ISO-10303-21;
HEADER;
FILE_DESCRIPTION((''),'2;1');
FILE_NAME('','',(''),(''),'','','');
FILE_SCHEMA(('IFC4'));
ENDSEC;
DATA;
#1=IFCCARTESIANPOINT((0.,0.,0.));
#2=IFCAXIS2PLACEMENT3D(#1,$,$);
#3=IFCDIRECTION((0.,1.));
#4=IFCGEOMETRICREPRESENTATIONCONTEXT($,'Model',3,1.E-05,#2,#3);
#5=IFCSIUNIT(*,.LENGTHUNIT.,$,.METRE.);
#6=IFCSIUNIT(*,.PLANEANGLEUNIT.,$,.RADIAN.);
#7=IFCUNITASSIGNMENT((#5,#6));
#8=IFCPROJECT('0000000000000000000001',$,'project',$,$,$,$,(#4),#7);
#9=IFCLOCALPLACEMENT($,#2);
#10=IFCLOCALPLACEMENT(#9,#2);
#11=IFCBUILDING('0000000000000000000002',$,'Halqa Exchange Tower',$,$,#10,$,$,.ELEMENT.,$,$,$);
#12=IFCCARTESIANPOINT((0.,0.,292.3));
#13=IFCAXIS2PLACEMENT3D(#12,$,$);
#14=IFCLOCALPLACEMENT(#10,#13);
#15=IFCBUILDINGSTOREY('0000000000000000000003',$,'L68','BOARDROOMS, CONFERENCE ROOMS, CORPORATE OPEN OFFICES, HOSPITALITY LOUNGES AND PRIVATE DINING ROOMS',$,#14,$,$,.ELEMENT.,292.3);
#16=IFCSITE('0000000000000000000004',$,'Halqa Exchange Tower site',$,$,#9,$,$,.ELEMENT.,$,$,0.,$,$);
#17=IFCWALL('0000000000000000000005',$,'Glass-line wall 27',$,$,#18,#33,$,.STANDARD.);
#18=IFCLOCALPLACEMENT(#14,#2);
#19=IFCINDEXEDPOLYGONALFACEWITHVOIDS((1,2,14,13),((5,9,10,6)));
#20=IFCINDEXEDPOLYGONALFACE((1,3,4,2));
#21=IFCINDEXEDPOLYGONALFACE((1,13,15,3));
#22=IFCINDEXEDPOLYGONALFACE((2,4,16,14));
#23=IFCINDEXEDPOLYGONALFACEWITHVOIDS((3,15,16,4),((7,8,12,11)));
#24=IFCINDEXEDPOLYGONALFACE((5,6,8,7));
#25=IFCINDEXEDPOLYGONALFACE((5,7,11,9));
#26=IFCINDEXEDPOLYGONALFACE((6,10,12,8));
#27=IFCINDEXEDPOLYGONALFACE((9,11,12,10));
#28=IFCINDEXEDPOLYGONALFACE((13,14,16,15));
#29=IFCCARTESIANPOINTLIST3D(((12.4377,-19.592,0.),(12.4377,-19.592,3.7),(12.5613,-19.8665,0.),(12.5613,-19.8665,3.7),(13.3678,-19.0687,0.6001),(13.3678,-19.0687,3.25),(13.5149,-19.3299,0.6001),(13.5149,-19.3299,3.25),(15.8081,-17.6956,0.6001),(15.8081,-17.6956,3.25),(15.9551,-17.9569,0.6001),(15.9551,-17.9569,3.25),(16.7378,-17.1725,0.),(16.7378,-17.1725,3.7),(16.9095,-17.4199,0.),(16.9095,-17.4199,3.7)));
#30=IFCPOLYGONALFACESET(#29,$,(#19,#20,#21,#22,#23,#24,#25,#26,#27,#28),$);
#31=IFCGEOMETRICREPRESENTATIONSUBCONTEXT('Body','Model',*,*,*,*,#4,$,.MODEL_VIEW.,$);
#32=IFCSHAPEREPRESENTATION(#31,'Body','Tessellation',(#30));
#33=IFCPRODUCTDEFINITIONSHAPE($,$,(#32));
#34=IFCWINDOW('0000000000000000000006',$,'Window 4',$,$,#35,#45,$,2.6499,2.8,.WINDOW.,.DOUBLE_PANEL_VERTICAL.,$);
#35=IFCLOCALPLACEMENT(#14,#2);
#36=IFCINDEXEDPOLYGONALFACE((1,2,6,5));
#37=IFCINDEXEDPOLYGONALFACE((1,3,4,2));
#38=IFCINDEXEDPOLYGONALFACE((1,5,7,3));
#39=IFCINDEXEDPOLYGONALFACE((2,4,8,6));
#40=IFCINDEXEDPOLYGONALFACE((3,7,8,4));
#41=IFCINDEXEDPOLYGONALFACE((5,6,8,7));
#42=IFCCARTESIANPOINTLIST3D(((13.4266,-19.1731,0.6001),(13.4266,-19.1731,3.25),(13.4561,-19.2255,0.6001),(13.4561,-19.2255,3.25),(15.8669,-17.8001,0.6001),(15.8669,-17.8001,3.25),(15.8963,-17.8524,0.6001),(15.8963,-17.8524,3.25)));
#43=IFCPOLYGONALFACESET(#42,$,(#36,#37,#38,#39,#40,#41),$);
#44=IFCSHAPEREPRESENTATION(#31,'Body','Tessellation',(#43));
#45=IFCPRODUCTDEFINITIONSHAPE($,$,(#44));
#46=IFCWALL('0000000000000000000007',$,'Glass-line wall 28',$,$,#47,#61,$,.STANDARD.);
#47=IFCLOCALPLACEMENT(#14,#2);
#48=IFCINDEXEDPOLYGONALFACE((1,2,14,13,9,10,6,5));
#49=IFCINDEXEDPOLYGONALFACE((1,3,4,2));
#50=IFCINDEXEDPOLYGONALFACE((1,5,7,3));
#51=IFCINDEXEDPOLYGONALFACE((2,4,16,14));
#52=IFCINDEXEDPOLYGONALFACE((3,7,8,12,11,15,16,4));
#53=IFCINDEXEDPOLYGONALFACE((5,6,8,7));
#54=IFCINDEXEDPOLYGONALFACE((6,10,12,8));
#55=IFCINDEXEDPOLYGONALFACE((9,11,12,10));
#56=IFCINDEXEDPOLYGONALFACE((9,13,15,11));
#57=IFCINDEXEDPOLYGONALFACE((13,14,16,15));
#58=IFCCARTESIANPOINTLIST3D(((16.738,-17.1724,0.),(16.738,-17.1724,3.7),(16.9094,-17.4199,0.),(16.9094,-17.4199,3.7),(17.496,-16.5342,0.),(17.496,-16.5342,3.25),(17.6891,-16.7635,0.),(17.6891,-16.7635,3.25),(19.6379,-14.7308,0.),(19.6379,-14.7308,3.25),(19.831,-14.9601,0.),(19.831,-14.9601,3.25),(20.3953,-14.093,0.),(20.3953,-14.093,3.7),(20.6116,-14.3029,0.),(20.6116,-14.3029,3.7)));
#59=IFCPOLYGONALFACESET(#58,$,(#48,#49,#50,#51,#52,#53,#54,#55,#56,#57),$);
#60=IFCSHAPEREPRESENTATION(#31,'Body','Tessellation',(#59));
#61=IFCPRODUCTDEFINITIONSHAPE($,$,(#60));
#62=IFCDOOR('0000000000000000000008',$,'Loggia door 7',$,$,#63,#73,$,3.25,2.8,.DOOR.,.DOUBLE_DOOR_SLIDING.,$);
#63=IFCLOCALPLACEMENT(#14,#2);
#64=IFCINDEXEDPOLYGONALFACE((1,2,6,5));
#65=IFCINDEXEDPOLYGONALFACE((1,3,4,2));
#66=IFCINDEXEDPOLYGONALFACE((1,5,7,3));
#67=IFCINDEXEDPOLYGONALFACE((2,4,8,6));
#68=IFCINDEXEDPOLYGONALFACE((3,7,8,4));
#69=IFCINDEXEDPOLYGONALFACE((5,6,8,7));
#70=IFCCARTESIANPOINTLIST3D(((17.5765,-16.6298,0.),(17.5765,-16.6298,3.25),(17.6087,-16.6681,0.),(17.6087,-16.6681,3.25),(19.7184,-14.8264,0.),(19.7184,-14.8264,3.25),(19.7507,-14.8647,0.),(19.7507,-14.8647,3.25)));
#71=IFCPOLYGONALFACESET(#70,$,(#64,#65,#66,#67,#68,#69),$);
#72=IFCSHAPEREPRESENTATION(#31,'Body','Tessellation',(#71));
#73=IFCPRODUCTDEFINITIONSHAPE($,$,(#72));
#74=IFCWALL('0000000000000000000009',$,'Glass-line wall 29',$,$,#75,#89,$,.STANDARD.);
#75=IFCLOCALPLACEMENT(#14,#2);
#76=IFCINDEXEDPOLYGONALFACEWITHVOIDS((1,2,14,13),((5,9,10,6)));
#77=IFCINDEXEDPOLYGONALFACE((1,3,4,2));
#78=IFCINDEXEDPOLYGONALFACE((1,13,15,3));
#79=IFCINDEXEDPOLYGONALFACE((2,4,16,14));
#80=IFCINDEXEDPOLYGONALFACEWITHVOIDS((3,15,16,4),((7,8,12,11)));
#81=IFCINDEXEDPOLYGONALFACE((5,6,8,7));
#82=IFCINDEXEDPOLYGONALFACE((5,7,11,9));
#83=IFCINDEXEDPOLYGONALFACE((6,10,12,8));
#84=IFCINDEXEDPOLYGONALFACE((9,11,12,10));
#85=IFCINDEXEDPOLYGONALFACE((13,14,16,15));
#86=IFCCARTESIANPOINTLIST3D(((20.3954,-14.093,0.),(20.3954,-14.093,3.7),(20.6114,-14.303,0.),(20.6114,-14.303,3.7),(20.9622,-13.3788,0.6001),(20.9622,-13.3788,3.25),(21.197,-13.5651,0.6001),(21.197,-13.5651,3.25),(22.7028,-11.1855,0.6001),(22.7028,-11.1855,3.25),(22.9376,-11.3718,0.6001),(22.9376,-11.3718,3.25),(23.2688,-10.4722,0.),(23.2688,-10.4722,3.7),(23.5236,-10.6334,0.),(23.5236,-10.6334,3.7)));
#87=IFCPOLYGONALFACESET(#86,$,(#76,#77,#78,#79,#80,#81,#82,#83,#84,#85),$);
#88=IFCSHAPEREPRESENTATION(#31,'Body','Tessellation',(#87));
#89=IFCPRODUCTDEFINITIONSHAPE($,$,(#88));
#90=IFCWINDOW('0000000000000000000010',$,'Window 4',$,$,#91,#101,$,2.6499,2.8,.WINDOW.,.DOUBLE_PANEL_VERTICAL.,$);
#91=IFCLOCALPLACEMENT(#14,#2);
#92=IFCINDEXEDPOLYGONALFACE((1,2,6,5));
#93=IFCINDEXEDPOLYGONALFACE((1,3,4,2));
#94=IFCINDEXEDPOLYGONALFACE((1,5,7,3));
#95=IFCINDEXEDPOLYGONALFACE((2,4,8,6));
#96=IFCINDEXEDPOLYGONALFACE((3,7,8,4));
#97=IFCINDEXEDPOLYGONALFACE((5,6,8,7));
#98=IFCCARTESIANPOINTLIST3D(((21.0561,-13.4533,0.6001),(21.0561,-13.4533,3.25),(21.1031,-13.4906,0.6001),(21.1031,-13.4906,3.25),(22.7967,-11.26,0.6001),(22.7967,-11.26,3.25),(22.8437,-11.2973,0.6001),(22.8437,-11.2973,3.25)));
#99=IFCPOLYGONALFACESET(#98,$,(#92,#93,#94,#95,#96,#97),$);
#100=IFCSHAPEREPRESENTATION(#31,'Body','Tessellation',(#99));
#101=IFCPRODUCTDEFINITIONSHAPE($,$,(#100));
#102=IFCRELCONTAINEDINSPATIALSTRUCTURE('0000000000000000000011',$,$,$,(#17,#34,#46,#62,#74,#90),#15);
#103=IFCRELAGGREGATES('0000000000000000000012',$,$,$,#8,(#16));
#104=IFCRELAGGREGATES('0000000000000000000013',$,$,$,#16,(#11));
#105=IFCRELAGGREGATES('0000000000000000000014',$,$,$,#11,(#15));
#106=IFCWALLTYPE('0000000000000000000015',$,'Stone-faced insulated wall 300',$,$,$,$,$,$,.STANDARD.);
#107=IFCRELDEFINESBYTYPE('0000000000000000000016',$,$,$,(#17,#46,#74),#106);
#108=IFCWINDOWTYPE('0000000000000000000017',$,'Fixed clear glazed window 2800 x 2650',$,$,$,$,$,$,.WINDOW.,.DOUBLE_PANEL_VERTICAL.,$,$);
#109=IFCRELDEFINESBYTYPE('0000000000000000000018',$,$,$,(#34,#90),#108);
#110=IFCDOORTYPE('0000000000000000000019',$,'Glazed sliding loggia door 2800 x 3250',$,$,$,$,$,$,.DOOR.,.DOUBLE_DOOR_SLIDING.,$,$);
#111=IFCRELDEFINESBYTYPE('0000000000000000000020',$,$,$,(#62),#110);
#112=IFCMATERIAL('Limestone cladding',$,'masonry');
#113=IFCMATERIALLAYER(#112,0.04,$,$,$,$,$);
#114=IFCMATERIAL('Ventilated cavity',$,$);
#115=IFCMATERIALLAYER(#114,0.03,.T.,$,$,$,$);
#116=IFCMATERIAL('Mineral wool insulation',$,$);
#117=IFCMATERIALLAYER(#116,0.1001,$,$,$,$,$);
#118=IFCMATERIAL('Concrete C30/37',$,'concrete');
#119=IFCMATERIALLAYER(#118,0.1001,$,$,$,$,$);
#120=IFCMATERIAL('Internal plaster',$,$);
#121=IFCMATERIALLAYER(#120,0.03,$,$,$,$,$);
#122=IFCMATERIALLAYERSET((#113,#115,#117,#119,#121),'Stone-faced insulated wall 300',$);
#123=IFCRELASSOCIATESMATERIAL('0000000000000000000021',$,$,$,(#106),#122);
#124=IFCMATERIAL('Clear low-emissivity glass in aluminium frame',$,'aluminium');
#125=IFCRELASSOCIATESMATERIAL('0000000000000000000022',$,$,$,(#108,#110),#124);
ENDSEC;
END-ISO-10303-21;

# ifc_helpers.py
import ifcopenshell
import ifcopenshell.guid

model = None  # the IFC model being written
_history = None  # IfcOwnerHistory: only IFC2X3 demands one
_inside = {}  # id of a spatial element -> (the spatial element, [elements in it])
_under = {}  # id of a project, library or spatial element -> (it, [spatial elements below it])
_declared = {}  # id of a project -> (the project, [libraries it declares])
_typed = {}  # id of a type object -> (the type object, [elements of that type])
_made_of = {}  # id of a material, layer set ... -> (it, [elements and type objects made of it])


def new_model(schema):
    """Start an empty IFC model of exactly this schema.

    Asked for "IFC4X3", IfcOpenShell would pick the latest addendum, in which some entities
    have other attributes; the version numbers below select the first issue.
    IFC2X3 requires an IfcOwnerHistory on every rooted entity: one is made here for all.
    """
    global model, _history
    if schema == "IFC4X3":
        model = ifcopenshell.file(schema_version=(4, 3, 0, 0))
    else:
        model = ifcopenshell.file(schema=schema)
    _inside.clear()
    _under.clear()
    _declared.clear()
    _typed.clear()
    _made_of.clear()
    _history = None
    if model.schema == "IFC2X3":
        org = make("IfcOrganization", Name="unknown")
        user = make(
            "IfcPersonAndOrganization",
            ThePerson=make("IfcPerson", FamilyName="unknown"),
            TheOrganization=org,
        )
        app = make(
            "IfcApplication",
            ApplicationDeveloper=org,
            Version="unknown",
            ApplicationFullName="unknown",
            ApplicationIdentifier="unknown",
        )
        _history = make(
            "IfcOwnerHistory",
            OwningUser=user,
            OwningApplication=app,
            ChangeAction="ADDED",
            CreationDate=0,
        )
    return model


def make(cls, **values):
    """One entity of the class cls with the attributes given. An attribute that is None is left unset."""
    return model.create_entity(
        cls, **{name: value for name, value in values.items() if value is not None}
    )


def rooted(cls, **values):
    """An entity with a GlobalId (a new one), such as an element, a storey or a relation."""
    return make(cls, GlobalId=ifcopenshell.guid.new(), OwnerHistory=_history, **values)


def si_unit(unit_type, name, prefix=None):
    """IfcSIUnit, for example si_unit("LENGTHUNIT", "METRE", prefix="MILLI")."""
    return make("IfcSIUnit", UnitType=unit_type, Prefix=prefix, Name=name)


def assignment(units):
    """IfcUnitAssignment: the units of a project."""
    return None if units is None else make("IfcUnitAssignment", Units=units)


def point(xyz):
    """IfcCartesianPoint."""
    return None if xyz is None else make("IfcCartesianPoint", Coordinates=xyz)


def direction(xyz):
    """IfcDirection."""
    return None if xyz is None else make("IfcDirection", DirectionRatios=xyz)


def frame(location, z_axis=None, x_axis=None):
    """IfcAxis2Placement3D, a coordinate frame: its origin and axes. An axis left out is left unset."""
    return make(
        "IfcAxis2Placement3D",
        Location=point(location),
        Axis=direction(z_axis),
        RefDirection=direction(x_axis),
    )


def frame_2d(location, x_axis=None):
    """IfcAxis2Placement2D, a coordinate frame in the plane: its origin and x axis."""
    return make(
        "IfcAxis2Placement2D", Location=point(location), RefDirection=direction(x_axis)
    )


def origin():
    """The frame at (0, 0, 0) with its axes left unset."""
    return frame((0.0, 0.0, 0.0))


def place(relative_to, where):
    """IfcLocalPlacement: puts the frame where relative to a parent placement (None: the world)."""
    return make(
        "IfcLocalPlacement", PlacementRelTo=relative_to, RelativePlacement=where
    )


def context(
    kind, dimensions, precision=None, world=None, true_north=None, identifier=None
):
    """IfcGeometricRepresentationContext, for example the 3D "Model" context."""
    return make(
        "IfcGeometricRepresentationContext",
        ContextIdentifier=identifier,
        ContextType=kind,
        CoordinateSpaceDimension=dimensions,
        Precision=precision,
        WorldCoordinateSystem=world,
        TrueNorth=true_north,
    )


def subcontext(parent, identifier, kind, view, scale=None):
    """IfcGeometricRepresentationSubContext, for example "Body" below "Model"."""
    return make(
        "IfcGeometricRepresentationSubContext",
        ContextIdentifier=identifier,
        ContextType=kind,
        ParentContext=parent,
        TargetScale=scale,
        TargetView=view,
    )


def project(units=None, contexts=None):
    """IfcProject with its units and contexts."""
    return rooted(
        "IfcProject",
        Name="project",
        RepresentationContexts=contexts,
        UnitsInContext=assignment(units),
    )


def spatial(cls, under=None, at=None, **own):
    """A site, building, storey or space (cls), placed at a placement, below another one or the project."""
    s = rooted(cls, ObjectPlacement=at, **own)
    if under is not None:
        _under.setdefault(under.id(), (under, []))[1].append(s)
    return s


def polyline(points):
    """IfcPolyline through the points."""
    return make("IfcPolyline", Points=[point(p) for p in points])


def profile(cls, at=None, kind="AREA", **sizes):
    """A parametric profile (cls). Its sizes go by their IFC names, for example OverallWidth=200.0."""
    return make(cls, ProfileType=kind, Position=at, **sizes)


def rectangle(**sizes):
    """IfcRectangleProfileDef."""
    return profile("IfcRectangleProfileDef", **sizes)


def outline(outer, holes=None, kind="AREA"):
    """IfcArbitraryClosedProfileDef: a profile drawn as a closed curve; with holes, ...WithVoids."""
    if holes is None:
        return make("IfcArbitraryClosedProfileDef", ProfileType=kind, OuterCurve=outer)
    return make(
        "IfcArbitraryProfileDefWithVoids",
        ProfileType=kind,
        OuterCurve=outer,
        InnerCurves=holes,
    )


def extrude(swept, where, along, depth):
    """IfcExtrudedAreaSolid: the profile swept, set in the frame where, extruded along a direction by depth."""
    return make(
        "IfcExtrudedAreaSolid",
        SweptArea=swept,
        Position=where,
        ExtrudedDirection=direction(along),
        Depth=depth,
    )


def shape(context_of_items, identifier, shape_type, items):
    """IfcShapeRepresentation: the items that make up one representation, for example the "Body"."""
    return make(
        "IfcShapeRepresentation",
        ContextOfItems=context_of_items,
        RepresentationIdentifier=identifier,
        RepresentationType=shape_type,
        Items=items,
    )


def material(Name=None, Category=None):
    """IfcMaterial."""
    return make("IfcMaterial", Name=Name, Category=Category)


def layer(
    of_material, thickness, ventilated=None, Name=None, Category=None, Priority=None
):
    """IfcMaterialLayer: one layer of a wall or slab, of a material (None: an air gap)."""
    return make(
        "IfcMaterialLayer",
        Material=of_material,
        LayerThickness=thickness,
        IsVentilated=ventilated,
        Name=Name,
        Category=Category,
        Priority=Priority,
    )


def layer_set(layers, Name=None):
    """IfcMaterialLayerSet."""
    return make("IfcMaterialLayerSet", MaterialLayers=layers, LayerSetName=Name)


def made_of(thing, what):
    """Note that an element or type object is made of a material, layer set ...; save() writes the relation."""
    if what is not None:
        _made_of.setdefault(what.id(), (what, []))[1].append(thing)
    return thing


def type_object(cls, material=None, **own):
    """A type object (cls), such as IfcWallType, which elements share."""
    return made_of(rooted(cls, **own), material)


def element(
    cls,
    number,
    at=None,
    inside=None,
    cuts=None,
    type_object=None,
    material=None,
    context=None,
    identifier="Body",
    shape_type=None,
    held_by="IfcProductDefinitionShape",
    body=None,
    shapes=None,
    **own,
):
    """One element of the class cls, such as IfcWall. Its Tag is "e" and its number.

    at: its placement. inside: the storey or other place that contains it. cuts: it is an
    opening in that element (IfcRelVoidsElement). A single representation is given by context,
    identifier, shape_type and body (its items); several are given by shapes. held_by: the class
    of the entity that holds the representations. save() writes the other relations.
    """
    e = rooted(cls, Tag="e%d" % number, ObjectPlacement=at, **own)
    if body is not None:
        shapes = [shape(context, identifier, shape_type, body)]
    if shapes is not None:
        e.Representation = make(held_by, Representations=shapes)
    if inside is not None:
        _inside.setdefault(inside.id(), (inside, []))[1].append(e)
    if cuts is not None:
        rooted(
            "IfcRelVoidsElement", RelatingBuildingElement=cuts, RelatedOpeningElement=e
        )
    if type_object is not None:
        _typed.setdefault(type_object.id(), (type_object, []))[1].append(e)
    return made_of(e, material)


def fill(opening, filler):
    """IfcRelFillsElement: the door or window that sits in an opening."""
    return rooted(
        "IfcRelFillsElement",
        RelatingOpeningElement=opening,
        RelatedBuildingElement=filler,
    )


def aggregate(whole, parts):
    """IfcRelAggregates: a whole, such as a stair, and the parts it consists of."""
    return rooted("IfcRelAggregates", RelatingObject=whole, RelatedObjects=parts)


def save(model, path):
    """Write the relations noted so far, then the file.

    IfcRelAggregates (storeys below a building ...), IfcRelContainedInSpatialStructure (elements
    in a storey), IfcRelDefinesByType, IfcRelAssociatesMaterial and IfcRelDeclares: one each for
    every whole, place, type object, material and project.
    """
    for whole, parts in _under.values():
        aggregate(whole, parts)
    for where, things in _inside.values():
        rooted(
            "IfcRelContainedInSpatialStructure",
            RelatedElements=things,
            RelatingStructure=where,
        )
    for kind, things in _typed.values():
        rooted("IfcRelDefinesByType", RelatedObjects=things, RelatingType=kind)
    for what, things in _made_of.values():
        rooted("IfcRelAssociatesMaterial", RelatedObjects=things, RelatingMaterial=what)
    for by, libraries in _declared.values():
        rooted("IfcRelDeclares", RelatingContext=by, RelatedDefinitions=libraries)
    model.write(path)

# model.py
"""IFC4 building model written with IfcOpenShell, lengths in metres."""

from ifc_helpers import new_model, si_unit, direction, frame, frame_2d, origin, place, context, subcontext, project, spatial, polyline, rectangle, outline, extrude, material, layer, layer_set, type_object, element, fill, save


model = new_model("IFC4")

# Units and contexts
model_context = context("Model", 3, precision=1e-05, world=origin(), true_north=direction((0.0, 1.0)))
body_context = subcontext(model_context, "Body", "Model", "MODEL_VIEW")
ifc_project = project(units=[si_unit("LENGTHUNIT", "METRE"), si_unit("PLANEANGLEUNIT", "RADIAN")], contexts=[model_context])

# Site, building, storey
site_placement = place(None, origin())
site = spatial("IfcSite", under=ifc_project, at=site_placement, Name="Halqa Exchange Tower site", CompositionType="ELEMENT", RefElevation=0.0)
building_placement = place(site_placement, origin())
building = spatial("IfcBuilding", under=site, at=building_placement, Name="Halqa Exchange Tower", CompositionType="ELEMENT")
storey_placement = place(building_placement, frame((0.0, 0.0, 292.3)))
storey = spatial("IfcBuildingStorey", under=building, at=storey_placement, Name="L68", Description="BOARDROOMS, CONFERENCE ROOMS, CORPORATE OPEN OFFICES, HOSPITALITY LOUNGES AND PRIVATE DINING ROOMS", CompositionType="ELEMENT", Elevation=292.3)

# Wall, opening, window
ifc_material_1 = material(Name="Limestone cladding", Category="masonry")
ifc_layer_1 = layer(ifc_material_1, 0.04)
ifc_material_2 = material(Name="Ventilated cavity")
ifc_layer_2 = layer(ifc_material_2, 0.03, ventilated=True)
ifc_material_3 = material(Name="Mineral wool insulation")
ifc_layer_3 = layer(ifc_material_3, 0.1001)
ifc_material_4 = material(Name="Concrete C30/37", Category="concrete")
ifc_layer_4 = layer(ifc_material_4, 0.1001)
ifc_material_5 = material(Name="Internal plaster")
ifc_layer_5 = layer(ifc_material_5, 0.03)
ifc_layer_set_1 = layer_set([ifc_layer_1, ifc_layer_2, ifc_layer_3, ifc_layer_4, ifc_layer_5], Name="Stone-faced insulated wall 300")
wall_type_1 = type_object("IfcWallType", Name="Stone-faced insulated wall 300", PredefinedType="STANDARD", material=ifc_layer_set_1)
wall_1_placement = place(storey_placement, frame((12.4995, -19.7292, 0.0), z_axis=(0.0, 0.0, 1.0), x_axis=(0.871512, 0.490373, 0.0)))
wall_1 = element("IfcWall", 1, at=wall_1_placement, inside=storey, type_object=wall_type_1, Name="Glass-line wall 27", PredefinedType="STANDARD", context=body_context, shape_type="SweptSolid", body=[
    extrude(outline(polyline([(-0.0134, -0.1499), (4.9758, -0.1499), (4.9475, 0.1499), (0.0134, 0.1499), (-0.0134, -0.1499)])), origin(), (0.0, 0.0, 1.0), 3.7),
])
opening_1_placement = place(wall_1_placement, frame((1.0808, 0.0, 0.6001)))
opening_1 = element("IfcOpeningElement", 2, at=opening_1_placement, cuts=wall_1, PredefinedType="OPENING", context=body_context, shape_type="SweptSolid", body=[
    extrude(rectangle(XDim=2.8, YDim=2.6499, at=frame_2d((1.3999, 1.325))), frame((0.0, 0.1621, 0.0), z_axis=(0.0, -1.0, 0.0), x_axis=(1.0, 0.0, 0.0)), (0.0, 0.0, 1.0), 0.324),
])
ifc_material_6 = material(Name="Clear low-emissivity glass in aluminium frame", Category="aluminium")
window_type = type_object("IfcWindowType", Name="Fixed clear glazed window 2800 x 2650", PartitioningType="DOUBLE_PANEL_VERTICAL", PredefinedType="WINDOW", material=ifc_material_6)
window_1_placement = place(opening_1_placement, origin())
window_1 = element("IfcWindow", 3, at=window_1_placement, inside=storey, type_object=window_type, Name="Window 4", OverallHeight=2.6499, OverallWidth=2.8, PartitioningType="DOUBLE_PANEL_VERTICAL", PredefinedType="WINDOW", context=body_context, shape_type="SweptSolid", body=[
    extrude(rectangle(XDim=2.8, YDim=2.6499, at=frame_2d((1.3999, 1.325))), frame((0.0, 0.03, 0.0), z_axis=(0.0, -1.0, 0.0), x_axis=(1.0, 0.0, 0.0)), (0.0, 0.0, 1.0), 0.0601),
])
fill(opening_1, window_1)

# Wall, opening, door
wall_2_placement = place(storey_placement, frame((16.8237, -17.2961, 0.0), z_axis=(0.0, 0.0, 1.0), x_axis=(0.764966, 0.64407, 0.0)))
wall_2 = element("IfcWall", 4, at=wall_2_placement, inside=storey, type_object=wall_type_1, Name="Glass-line wall 28", PredefinedType="STANDARD", context=body_context, shape_type="SweptSolid", body=[
    extrude(outline(polyline([(-0.0142, -0.1499), (4.8254, -0.1499), (4.7952, 0.1499), (0.0142, 0.1499), (-0.0142, -0.1499)])), origin(), (0.0, 0.0, 1.0), 3.7),
])
opening_2_placement = place(wall_2_placement, frame((1.0051, 0.0, 0.0)))
opening_2 = element("IfcOpeningElement", 5, at=opening_2_placement, cuts=wall_2, PredefinedType="OPENING", context=body_context, shape_type="SweptSolid", body=[
    extrude(rectangle(XDim=2.8, YDim=3.25, at=frame_2d((1.3999, 1.625))), frame((0.0, 0.1621, 0.0), z_axis=(0.0, -1.0, 0.0), x_axis=(1.0, 0.0, 0.0)), (0.0, 0.0, 1.0), 0.324),
])
door_type_1 = type_object("IfcDoorType", Name="Glazed sliding loggia door 2800 x 3250", OperationType="DOUBLE_DOOR_SLIDING", PredefinedType="DOOR", material=ifc_material_6)
door_1_placement = place(opening_2_placement, origin())
door_1 = element("IfcDoor", 6, at=door_1_placement, inside=storey, type_object=door_type_1, Name="Loggia door 7", OperationType="DOUBLE_DOOR_SLIDING", OverallHeight=3.25, OverallWidth=2.8, PredefinedType="DOOR", context=body_context, shape_type="SweptSolid", body=[
    extrude(rectangle(XDim=2.8, YDim=3.25, at=frame_2d((1.3999, 1.625))), frame((0.0, 0.0249, 0.0), z_axis=(0.0, -1.0, 0.0), x_axis=(1.0, 0.0, 0.0)), (0.0, 0.0, 1.0), 0.05),
])
fill(opening_2, door_1)

# Wall, opening, window
wall_3_placement = place(storey_placement, frame((20.5034, -14.198, 0.0), z_axis=(0.0, 0.0, 1.0), x_axis=(0.621626, 0.783314, 0.0)))
wall_3 = element("IfcWall", 7, at=wall_3_placement, inside=storey, type_object=wall_type_1, Name="Glass-line wall 29", PredefinedType="STANDARD", context=body_context, shape_type="SweptSolid", body=[
    extrude(outline(polyline([(-0.0151, -0.1499), (4.6697, -0.1499), (4.6375, 0.1499), (0.0151, 0.1499), (-0.0151, -0.1499)])), origin(), (0.0, 0.0, 1.0), 3.7),
])
opening_3_placement = place(wall_3_placement, frame((0.927, 0.0, 0.6001)))
opening_3 = element("IfcOpeningElement", 8, at=opening_3_placement, cuts=wall_3, PredefinedType="OPENING", context=body_context, shape_type="SweptSolid", body=[
    extrude(rectangle(XDim=2.8, YDim=2.6499, at=frame_2d((1.3999, 1.325))), frame((0.0, 0.1621, 0.0), z_axis=(0.0, -1.0, 0.0), x_axis=(1.0, 0.0, 0.0)), (0.0, 0.0, 1.0), 0.324),
])
window_2_placement = place(opening_3_placement, origin())
window_2 = element("IfcWindow", 9, at=window_2_placement, inside=storey, type_object=window_type, Name="Window 4", OverallHeight=2.6499, OverallWidth=2.8, PartitioningType="DOUBLE_PANEL_VERTICAL", PredefinedType="WINDOW", context=body_context, shape_type="SweptSolid", body=[
    extrude(rectangle(XDim=2.8, YDim=2.6499, at=frame_2d((1.3999, 1.325))), frame((0.0, 0.03, 0.0), z_axis=(0.0, -1.0, 0.0), x_axis=(1.0, 0.0, 0.0)), (0.0, 0.0, 1.0), 0.0601),
])
fill(opening_3, window_2)

save(model, "model.ifc")
